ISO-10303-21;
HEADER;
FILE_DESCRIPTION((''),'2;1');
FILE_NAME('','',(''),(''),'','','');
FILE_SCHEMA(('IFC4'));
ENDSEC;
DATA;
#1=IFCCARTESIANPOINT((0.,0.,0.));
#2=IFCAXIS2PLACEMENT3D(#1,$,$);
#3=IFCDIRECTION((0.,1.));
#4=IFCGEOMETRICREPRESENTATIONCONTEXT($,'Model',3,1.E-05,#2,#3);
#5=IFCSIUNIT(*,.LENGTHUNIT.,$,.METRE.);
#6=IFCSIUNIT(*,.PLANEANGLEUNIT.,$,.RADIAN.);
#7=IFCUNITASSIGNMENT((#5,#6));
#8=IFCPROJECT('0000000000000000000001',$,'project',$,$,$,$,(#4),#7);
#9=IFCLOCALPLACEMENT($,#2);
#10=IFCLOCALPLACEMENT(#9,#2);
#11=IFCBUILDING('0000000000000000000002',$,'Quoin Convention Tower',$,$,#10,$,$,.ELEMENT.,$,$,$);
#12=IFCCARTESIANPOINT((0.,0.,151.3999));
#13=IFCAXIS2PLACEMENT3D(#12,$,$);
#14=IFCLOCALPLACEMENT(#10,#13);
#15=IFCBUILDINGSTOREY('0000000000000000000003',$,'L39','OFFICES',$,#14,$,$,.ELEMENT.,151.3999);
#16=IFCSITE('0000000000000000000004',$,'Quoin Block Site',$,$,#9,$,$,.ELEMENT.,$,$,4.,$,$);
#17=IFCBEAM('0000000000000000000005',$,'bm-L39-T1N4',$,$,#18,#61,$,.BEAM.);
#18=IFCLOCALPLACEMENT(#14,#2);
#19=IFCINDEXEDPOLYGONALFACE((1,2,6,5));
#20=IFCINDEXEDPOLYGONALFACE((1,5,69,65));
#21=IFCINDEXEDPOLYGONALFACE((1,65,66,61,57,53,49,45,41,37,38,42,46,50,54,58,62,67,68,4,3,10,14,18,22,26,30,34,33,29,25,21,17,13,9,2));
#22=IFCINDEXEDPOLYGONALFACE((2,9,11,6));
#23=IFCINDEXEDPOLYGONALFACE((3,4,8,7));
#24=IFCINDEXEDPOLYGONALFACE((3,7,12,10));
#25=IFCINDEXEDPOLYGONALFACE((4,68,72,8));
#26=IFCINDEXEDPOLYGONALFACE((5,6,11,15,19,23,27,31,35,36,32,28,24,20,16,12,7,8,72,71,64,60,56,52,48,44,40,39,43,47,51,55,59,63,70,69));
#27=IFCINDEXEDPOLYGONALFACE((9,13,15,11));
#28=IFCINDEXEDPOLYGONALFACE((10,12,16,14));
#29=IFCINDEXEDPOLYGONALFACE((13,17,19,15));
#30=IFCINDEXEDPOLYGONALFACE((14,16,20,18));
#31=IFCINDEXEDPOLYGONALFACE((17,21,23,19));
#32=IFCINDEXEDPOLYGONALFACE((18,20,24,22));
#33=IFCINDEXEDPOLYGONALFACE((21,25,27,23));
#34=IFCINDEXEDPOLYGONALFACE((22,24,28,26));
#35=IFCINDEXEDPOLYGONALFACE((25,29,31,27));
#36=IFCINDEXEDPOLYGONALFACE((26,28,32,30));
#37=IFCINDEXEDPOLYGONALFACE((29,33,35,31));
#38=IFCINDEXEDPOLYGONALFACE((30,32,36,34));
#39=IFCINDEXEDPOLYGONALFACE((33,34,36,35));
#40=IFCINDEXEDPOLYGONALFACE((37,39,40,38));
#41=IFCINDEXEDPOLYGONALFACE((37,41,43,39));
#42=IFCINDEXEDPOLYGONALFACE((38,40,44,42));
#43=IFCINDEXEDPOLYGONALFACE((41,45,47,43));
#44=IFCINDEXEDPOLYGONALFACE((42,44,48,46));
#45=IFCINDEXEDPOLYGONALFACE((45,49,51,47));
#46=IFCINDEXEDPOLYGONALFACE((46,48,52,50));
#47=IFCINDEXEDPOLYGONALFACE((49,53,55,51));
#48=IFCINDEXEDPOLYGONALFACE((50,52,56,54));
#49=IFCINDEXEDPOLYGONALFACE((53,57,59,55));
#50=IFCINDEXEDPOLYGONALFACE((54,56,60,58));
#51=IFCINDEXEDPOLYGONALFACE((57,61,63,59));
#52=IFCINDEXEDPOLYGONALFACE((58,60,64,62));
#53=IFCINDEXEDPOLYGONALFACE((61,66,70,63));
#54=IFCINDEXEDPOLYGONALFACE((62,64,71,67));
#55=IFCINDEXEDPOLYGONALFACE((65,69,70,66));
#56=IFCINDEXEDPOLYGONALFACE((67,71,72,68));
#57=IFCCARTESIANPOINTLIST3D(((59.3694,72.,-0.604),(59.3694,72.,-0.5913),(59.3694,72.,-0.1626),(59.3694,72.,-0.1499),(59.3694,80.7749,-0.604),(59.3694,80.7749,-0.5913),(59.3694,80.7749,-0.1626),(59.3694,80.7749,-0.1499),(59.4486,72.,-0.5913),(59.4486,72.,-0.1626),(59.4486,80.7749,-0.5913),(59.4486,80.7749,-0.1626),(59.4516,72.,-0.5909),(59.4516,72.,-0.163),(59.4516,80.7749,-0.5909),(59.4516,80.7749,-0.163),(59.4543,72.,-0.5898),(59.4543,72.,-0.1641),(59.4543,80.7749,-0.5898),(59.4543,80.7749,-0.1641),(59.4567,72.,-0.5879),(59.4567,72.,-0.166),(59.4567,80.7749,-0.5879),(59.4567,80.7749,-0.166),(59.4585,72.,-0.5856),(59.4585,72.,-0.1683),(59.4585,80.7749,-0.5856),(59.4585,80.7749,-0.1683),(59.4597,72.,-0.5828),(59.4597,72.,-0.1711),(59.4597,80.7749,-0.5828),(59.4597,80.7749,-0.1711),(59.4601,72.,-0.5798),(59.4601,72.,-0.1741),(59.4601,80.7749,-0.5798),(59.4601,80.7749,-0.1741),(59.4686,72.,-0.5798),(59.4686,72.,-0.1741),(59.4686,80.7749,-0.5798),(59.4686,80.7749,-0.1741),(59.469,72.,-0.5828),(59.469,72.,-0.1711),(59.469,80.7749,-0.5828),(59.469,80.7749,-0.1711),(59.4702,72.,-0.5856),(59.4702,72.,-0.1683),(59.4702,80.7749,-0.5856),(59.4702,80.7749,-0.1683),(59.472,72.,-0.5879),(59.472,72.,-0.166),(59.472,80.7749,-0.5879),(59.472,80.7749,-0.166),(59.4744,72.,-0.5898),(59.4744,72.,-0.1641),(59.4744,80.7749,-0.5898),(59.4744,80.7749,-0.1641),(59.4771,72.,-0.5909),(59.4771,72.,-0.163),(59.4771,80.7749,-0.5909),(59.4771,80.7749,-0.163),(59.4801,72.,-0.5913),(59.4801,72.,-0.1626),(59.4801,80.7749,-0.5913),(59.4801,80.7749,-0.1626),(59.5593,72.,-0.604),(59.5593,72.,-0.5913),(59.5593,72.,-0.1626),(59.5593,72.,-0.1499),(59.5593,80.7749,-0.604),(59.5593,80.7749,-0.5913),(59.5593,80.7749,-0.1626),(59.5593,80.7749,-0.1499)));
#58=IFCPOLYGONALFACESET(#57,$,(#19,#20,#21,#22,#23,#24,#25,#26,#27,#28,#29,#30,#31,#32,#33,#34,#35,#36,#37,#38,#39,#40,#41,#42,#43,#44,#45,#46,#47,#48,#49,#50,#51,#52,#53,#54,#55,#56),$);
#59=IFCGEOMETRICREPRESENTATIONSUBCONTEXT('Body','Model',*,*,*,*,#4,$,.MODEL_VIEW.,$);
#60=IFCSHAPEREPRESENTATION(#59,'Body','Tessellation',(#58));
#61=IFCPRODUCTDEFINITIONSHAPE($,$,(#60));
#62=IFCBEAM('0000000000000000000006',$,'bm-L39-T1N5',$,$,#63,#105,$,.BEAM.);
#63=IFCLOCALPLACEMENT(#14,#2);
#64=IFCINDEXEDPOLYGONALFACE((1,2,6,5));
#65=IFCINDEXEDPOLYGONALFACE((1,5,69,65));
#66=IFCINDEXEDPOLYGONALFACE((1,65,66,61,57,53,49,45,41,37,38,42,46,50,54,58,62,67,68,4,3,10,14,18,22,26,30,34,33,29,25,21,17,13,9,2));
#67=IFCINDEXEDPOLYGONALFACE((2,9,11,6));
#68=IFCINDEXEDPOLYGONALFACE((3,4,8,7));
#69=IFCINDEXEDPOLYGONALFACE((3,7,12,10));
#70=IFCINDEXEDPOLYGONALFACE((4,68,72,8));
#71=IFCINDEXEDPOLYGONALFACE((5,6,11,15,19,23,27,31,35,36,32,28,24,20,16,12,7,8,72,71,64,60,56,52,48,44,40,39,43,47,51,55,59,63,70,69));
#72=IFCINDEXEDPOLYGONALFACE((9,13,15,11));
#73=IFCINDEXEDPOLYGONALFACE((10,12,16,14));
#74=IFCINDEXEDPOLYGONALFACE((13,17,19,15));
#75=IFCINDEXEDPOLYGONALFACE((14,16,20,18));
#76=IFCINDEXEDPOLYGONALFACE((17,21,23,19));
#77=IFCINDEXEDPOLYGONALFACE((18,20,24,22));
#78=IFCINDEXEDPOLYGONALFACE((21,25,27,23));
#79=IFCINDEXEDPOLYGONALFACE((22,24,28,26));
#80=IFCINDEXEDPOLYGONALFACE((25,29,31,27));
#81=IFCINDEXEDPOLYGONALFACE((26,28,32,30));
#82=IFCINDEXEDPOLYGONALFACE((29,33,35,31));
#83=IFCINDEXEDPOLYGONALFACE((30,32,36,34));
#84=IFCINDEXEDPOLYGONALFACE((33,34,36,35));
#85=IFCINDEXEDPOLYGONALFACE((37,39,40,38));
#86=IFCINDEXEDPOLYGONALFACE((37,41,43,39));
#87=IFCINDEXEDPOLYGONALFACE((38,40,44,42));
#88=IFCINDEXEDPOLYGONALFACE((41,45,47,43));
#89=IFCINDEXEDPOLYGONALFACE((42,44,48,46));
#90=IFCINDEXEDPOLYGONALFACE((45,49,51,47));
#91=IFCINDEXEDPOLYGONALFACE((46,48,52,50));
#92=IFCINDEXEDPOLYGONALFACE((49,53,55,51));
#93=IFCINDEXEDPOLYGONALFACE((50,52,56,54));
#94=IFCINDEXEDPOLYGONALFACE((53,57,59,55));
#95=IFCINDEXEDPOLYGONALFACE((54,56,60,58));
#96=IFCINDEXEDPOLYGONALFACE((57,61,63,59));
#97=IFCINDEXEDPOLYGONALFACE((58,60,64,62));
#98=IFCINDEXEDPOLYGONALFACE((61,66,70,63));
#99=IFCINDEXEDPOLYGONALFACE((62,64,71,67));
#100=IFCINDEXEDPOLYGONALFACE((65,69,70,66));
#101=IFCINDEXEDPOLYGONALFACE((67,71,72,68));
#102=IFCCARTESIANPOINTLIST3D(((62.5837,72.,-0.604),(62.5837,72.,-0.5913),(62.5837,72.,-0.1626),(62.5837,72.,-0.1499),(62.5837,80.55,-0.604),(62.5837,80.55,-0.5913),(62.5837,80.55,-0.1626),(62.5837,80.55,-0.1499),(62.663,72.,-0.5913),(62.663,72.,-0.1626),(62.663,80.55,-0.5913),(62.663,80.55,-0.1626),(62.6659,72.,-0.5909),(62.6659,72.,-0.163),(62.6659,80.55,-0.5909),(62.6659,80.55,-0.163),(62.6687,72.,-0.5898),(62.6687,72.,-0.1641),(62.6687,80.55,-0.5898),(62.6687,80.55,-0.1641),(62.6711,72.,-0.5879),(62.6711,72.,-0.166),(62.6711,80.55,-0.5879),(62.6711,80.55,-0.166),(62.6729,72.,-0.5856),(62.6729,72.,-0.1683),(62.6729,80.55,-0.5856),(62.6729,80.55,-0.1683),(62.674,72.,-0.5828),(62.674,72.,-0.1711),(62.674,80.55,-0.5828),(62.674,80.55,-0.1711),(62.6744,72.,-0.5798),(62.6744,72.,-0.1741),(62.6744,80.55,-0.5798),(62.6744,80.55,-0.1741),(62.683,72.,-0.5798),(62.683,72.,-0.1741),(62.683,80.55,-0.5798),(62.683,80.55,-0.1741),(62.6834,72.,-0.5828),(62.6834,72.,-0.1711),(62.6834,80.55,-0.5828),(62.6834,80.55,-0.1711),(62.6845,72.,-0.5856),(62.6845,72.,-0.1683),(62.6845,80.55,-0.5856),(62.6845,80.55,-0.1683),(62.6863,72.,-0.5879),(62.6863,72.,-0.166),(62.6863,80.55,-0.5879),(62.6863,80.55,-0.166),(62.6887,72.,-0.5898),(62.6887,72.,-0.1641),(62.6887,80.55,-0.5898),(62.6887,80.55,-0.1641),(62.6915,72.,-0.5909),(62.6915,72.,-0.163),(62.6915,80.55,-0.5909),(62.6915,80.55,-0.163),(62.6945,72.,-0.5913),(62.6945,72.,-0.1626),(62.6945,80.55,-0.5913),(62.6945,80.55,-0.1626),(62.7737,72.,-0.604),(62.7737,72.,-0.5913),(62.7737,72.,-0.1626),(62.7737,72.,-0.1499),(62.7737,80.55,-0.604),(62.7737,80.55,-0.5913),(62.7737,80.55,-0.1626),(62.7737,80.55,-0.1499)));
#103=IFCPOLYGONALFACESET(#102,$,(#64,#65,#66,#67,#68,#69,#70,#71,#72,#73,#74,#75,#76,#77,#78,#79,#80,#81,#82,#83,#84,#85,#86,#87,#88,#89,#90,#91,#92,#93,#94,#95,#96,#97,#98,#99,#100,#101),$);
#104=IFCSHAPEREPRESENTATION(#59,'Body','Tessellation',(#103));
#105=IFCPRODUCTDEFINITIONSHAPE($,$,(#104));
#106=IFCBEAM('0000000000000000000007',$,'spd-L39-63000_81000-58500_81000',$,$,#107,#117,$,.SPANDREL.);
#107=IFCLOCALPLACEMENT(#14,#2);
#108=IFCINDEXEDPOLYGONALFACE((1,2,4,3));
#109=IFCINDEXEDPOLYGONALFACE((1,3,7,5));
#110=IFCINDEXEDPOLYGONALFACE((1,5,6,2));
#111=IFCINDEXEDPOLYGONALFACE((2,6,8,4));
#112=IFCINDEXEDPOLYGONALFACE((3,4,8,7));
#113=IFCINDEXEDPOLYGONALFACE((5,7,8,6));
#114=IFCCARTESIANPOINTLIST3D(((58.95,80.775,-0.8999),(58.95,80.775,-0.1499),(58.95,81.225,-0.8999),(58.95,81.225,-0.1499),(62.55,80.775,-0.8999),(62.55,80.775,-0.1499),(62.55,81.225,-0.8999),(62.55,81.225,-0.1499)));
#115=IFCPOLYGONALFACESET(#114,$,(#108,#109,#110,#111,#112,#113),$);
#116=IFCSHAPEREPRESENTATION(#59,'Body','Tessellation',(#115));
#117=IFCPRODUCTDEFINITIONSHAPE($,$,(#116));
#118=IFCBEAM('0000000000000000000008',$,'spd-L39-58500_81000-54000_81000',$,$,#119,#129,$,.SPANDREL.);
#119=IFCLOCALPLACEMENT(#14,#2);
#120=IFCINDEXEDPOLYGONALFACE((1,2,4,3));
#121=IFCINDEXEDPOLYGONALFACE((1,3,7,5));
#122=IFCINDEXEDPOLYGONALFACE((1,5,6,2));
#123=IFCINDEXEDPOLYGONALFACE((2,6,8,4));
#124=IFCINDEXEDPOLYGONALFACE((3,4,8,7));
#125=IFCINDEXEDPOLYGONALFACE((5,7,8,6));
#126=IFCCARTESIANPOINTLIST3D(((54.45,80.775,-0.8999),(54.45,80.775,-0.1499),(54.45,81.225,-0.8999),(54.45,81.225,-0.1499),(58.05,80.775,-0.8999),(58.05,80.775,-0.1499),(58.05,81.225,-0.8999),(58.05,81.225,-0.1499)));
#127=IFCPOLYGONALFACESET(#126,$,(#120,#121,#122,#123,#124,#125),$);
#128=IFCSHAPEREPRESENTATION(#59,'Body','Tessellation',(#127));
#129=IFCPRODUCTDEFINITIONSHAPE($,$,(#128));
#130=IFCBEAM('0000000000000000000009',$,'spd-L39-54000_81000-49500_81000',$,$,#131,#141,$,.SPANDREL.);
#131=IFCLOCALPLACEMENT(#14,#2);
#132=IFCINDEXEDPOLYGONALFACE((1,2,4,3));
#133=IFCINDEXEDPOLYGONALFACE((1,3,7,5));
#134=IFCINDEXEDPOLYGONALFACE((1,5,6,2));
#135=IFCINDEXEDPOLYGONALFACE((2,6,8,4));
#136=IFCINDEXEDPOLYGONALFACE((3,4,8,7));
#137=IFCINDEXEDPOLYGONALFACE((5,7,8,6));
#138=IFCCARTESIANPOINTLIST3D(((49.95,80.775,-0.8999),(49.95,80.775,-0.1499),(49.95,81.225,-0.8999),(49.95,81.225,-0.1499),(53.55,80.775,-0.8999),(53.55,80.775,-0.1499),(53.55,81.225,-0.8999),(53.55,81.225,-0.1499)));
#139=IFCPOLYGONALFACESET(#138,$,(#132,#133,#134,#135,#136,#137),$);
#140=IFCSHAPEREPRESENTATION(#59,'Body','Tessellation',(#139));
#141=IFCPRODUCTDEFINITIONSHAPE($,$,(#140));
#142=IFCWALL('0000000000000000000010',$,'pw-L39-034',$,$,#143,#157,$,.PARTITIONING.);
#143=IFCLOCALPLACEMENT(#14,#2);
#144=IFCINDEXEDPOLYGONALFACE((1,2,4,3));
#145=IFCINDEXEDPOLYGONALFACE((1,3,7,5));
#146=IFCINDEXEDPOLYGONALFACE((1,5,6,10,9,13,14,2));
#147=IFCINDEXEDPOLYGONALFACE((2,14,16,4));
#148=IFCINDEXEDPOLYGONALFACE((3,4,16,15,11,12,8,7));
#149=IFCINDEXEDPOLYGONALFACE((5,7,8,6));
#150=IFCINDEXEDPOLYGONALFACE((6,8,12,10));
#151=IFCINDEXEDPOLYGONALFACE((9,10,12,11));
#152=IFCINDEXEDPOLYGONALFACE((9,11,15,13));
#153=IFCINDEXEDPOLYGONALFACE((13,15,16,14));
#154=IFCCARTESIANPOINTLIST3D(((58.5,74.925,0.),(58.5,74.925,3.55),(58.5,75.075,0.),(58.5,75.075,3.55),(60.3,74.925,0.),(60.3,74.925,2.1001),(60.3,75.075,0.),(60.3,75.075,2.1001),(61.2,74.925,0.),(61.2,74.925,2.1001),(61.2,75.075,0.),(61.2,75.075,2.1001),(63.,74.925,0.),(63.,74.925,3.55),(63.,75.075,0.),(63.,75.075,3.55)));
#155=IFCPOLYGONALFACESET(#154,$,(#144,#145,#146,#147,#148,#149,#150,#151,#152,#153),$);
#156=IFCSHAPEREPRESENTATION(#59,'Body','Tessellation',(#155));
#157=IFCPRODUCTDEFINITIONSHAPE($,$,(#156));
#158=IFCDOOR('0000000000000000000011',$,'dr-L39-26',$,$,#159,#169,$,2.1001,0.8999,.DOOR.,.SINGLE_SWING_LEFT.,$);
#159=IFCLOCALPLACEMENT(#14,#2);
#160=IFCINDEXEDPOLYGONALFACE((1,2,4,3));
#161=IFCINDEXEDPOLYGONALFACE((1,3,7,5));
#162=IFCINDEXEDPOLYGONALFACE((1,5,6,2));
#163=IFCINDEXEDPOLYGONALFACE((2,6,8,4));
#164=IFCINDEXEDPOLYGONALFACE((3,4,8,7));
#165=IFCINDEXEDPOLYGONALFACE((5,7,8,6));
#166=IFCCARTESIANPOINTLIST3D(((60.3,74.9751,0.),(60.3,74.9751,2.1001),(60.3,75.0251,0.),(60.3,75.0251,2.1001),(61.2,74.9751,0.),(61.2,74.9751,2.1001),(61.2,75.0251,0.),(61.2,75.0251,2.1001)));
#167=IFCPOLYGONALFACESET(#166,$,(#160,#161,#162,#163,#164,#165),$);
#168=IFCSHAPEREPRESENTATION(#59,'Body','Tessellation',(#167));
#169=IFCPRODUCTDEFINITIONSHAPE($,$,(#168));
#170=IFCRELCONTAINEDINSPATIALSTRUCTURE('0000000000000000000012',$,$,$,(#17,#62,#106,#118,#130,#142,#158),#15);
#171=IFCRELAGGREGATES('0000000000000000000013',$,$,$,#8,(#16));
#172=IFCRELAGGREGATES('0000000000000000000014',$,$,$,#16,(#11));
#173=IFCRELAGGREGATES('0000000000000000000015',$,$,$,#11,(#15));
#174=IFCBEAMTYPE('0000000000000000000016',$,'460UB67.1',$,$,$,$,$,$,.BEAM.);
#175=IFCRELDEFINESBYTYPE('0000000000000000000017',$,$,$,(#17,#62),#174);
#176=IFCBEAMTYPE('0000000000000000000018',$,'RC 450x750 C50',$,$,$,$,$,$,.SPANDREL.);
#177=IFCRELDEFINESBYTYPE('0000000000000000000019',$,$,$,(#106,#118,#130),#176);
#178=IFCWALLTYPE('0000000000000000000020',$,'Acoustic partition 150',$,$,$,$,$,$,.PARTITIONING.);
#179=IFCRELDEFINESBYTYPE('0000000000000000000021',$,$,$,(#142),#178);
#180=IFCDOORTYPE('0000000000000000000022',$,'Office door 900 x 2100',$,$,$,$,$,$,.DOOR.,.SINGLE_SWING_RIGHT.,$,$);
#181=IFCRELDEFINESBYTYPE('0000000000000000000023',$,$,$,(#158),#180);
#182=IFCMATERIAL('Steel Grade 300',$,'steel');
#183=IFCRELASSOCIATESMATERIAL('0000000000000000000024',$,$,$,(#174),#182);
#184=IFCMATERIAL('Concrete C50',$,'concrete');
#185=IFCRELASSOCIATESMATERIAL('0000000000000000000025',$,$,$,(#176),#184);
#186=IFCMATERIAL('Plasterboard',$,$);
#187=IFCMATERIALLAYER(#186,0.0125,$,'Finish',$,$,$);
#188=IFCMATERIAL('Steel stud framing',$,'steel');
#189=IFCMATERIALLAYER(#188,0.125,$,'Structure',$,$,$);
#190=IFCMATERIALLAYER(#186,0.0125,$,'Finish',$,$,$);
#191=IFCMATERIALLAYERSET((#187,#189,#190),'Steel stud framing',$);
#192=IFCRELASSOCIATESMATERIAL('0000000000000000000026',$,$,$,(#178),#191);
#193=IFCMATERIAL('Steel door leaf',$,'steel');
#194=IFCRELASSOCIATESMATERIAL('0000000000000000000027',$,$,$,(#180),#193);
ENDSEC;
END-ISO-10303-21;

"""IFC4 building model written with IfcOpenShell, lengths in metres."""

from ifc_helpers import new_model, si_unit, direction, frame, frame_2d, origin, origin_2d, place, context, subcontext, project, spatial, rectangle, i_section, extrude, material, layer, layer_set, material_profile, profile_set, type_object, element, fill, save


model = new_model("IFC4")

# Units and contexts
model_context = context("Model", 3, precision=1e-05, world=origin(), true_north=direction((0.0, 1.0)))
body_context = subcontext(model_context, "Body", "Model", "MODEL_VIEW")
ifc_project = project(units=[si_unit("LENGTHUNIT", "METRE"), si_unit("PLANEANGLEUNIT", "RADIAN")], contexts=[model_context])

# Site, building, storey
site_placement = place(None, origin())
site = spatial("IfcSite", under=ifc_project, at=site_placement, Name="Quoin Block Site", CompositionType="ELEMENT", RefElevation=4.0)
building_placement = place(site_placement, origin())
building = spatial("IfcBuilding", under=site, at=building_placement, Name="Quoin Convention Tower", CompositionType="ELEMENT")
storey_placement = place(building_placement, frame((0.0, 0.0, 151.3999)))
storey = spatial("IfcBuildingStorey", under=building, at=storey_placement, Name="L39", Description="OFFICES", CompositionType="ELEMENT", Elevation=151.3999)

# Shared definitions
ifc_material_1 = material(Name="Concrete C50", Category="concrete")

# Beams
ifc_material_2 = material(Name="Steel Grade 300", Category="steel")
ifc_material_profile_1 = material_profile(ifc_material_2, i_section(OverallWidth=0.1899, OverallDepth=0.4541, WebThickness=0.0085, FlangeThickness=0.0127, FilletRadius=0.0115, at=origin_2d()), Name="460UB67.1")
ifc_profile_set_1 = profile_set([ifc_material_profile_1], Name="Steel Grade 300")
beam_type_1 = type_object("IfcBeamType", Name="460UB67.1", PredefinedType="BEAM", material=ifc_profile_set_1)
for number, where, z_axis, x_axis, name in (
    (1, (59.4644, 72.0, -0.377), (0.0, 1.0, 0.0), (-1.0, 0.0, 0.0), "bm-L39-T1N4"),
):
    element("IfcBeam", number, at=place(storey_placement, frame(where, z_axis=z_axis, x_axis=x_axis)), inside=storey, type_object=beam_type_1, Name=name, PredefinedType="BEAM", context=body_context, shape_type="SweptSolid", body=[
        extrude(i_section(OverallWidth=0.1899, OverallDepth=0.4541, WebThickness=0.0085, FlangeThickness=0.0127, FilletRadius=0.0115, at=origin_2d()), origin(), (0.0, 0.0, 1.0), 8.7749),
    ])
beam_1_placement = place(storey_placement, frame((62.6787, 72.0, -0.377), z_axis=(0.0, 1.0, 0.0), x_axis=(-1.0, 0.0, 0.0)))
element("IfcBeam", 2, at=beam_1_placement, inside=storey, type_object=beam_type_1, Name="bm-L39-T1N5", PredefinedType="BEAM", context=body_context, shape_type="SweptSolid", body=[
    extrude(i_section(OverallWidth=0.1899, OverallDepth=0.4541, WebThickness=0.0085, FlangeThickness=0.0127, FilletRadius=0.0115, at=origin_2d()), origin(), (0.0, 0.0, 1.0), 8.55),
])
ifc_material_profile_2 = material_profile(ifc_material_1, rectangle(XDim=0.45, YDim=0.75, at=origin_2d()), Name="RC 450x750")
ifc_profile_set_2 = profile_set([ifc_material_profile_2], Name="Concrete C50")
beam_type_2 = type_object("IfcBeamType", Name="RC 450x750 C50", PredefinedType="SPANDREL", material=ifc_profile_set_2)
for number, where, z_axis, x_axis, name in (
    (3, (62.55, 81.0, -0.5249), (-1.0, 0.0, 0.0), (0.0, -1.0, 0.0), "spd-L39-63000_81000-58500_81000"),
    (4, (58.05, 81.0, -0.5249), (-1.0, 0.0, 0.0), (0.0, -1.0, 0.0), "spd-L39-58500_81000-54000_81000"),
    (5, (53.55, 81.0, -0.5249), (-1.0, 0.0, 0.0), (0.0, -1.0, 0.0), "spd-L39-54000_81000-49500_81000"),
):
    element("IfcBeam", number, at=place(storey_placement, frame(where, z_axis=z_axis, x_axis=x_axis)), inside=storey, type_object=beam_type_2, Name=name, PredefinedType="SPANDREL", context=body_context, shape_type="SweptSolid", body=[
        extrude(rectangle(XDim=0.45, YDim=0.75, at=origin_2d()), origin(), (0.0, 0.0, 1.0), 3.6001),
    ])

# Wall, opening, door
ifc_material_3 = material(Name="Plasterboard")
ifc_layer_1 = layer(ifc_material_3, 0.0125, Name="Finish")
ifc_material_4 = material(Name="Steel stud framing", Category="steel")
ifc_layer_2 = layer(ifc_material_4, 0.125, Name="Structure")
ifc_layer_3 = layer(ifc_material_3, 0.0125, Name="Finish")
ifc_layer_set_1 = layer_set([ifc_layer_1, ifc_layer_2, ifc_layer_3], Name="Steel stud framing")
wall_type_1 = type_object("IfcWallType", Name="Acoustic partition 150", PredefinedType="PARTITIONING", material=ifc_layer_set_1)
wall_1_placement = place(storey_placement, frame((58.5, 75.0, 0.0), z_axis=(0.0, 0.0, 1.0), x_axis=(1.0, 0.0, 0.0)))
wall_1 = element("IfcWall", 6, at=wall_1_placement, inside=storey, type_object=wall_type_1, Name="pw-L39-034", PredefinedType="PARTITIONING", context=body_context, shape_type="SweptSolid", body=[
    extrude(rectangle(XDim=4.5, YDim=0.1499, at=frame_2d((2.25, 0.0))), origin(), (0.0, 0.0, 1.0), 3.55),
])
opening_1_placement = place(wall_1_placement, frame((1.8, 0.0, 0.0)))
opening_1 = element("IfcOpeningElement", 7, at=opening_1_placement, cuts=wall_1, PredefinedType="OPENING", context=body_context, shape_type="SweptSolid", body=[
    extrude(rectangle(XDim=0.8999, YDim=2.1001, at=frame_2d((0.45, 1.05))), frame((0.0, 0.085, 0.0), z_axis=(0.0, -1.0, 0.0), x_axis=(1.0, 0.0, 0.0)), (0.0, 0.0, 1.0), 0.1699),
])
ifc_material_5 = material(Name="Steel door leaf", Category="steel")
door_type = type_object("IfcDoorType", Name="Office door 900 x 2100", OperationType="SINGLE_SWING_RIGHT", PredefinedType="DOOR", material=ifc_material_5)
door_1_placement = place(opening_1_placement, frame((0.8999, 0.0, 0.0), z_axis=(0.0, 0.0, 1.0), x_axis=(-1.0, 0.0, 0.0)))
door_1 = element("IfcDoor", 8, at=door_1_placement, inside=storey, type_object=door_type, Name="dr-L39-26", OperationType="SINGLE_SWING_LEFT", OverallHeight=2.1001, OverallWidth=0.8999, PredefinedType="DOOR", context=body_context, shape_type="SweptSolid", body=[
    extrude(rectangle(XDim=0.8999, YDim=2.1001, at=frame_2d((0.45, 1.05))), frame((0.0, 0.0249, 0.0), z_axis=(0.0, -1.0, 0.0), x_axis=(1.0, 0.0, 0.0)), (0.0, 0.0, 1.0), 0.05),
])
fill(opening_1, door_1)

save(model, "model.ifc")
